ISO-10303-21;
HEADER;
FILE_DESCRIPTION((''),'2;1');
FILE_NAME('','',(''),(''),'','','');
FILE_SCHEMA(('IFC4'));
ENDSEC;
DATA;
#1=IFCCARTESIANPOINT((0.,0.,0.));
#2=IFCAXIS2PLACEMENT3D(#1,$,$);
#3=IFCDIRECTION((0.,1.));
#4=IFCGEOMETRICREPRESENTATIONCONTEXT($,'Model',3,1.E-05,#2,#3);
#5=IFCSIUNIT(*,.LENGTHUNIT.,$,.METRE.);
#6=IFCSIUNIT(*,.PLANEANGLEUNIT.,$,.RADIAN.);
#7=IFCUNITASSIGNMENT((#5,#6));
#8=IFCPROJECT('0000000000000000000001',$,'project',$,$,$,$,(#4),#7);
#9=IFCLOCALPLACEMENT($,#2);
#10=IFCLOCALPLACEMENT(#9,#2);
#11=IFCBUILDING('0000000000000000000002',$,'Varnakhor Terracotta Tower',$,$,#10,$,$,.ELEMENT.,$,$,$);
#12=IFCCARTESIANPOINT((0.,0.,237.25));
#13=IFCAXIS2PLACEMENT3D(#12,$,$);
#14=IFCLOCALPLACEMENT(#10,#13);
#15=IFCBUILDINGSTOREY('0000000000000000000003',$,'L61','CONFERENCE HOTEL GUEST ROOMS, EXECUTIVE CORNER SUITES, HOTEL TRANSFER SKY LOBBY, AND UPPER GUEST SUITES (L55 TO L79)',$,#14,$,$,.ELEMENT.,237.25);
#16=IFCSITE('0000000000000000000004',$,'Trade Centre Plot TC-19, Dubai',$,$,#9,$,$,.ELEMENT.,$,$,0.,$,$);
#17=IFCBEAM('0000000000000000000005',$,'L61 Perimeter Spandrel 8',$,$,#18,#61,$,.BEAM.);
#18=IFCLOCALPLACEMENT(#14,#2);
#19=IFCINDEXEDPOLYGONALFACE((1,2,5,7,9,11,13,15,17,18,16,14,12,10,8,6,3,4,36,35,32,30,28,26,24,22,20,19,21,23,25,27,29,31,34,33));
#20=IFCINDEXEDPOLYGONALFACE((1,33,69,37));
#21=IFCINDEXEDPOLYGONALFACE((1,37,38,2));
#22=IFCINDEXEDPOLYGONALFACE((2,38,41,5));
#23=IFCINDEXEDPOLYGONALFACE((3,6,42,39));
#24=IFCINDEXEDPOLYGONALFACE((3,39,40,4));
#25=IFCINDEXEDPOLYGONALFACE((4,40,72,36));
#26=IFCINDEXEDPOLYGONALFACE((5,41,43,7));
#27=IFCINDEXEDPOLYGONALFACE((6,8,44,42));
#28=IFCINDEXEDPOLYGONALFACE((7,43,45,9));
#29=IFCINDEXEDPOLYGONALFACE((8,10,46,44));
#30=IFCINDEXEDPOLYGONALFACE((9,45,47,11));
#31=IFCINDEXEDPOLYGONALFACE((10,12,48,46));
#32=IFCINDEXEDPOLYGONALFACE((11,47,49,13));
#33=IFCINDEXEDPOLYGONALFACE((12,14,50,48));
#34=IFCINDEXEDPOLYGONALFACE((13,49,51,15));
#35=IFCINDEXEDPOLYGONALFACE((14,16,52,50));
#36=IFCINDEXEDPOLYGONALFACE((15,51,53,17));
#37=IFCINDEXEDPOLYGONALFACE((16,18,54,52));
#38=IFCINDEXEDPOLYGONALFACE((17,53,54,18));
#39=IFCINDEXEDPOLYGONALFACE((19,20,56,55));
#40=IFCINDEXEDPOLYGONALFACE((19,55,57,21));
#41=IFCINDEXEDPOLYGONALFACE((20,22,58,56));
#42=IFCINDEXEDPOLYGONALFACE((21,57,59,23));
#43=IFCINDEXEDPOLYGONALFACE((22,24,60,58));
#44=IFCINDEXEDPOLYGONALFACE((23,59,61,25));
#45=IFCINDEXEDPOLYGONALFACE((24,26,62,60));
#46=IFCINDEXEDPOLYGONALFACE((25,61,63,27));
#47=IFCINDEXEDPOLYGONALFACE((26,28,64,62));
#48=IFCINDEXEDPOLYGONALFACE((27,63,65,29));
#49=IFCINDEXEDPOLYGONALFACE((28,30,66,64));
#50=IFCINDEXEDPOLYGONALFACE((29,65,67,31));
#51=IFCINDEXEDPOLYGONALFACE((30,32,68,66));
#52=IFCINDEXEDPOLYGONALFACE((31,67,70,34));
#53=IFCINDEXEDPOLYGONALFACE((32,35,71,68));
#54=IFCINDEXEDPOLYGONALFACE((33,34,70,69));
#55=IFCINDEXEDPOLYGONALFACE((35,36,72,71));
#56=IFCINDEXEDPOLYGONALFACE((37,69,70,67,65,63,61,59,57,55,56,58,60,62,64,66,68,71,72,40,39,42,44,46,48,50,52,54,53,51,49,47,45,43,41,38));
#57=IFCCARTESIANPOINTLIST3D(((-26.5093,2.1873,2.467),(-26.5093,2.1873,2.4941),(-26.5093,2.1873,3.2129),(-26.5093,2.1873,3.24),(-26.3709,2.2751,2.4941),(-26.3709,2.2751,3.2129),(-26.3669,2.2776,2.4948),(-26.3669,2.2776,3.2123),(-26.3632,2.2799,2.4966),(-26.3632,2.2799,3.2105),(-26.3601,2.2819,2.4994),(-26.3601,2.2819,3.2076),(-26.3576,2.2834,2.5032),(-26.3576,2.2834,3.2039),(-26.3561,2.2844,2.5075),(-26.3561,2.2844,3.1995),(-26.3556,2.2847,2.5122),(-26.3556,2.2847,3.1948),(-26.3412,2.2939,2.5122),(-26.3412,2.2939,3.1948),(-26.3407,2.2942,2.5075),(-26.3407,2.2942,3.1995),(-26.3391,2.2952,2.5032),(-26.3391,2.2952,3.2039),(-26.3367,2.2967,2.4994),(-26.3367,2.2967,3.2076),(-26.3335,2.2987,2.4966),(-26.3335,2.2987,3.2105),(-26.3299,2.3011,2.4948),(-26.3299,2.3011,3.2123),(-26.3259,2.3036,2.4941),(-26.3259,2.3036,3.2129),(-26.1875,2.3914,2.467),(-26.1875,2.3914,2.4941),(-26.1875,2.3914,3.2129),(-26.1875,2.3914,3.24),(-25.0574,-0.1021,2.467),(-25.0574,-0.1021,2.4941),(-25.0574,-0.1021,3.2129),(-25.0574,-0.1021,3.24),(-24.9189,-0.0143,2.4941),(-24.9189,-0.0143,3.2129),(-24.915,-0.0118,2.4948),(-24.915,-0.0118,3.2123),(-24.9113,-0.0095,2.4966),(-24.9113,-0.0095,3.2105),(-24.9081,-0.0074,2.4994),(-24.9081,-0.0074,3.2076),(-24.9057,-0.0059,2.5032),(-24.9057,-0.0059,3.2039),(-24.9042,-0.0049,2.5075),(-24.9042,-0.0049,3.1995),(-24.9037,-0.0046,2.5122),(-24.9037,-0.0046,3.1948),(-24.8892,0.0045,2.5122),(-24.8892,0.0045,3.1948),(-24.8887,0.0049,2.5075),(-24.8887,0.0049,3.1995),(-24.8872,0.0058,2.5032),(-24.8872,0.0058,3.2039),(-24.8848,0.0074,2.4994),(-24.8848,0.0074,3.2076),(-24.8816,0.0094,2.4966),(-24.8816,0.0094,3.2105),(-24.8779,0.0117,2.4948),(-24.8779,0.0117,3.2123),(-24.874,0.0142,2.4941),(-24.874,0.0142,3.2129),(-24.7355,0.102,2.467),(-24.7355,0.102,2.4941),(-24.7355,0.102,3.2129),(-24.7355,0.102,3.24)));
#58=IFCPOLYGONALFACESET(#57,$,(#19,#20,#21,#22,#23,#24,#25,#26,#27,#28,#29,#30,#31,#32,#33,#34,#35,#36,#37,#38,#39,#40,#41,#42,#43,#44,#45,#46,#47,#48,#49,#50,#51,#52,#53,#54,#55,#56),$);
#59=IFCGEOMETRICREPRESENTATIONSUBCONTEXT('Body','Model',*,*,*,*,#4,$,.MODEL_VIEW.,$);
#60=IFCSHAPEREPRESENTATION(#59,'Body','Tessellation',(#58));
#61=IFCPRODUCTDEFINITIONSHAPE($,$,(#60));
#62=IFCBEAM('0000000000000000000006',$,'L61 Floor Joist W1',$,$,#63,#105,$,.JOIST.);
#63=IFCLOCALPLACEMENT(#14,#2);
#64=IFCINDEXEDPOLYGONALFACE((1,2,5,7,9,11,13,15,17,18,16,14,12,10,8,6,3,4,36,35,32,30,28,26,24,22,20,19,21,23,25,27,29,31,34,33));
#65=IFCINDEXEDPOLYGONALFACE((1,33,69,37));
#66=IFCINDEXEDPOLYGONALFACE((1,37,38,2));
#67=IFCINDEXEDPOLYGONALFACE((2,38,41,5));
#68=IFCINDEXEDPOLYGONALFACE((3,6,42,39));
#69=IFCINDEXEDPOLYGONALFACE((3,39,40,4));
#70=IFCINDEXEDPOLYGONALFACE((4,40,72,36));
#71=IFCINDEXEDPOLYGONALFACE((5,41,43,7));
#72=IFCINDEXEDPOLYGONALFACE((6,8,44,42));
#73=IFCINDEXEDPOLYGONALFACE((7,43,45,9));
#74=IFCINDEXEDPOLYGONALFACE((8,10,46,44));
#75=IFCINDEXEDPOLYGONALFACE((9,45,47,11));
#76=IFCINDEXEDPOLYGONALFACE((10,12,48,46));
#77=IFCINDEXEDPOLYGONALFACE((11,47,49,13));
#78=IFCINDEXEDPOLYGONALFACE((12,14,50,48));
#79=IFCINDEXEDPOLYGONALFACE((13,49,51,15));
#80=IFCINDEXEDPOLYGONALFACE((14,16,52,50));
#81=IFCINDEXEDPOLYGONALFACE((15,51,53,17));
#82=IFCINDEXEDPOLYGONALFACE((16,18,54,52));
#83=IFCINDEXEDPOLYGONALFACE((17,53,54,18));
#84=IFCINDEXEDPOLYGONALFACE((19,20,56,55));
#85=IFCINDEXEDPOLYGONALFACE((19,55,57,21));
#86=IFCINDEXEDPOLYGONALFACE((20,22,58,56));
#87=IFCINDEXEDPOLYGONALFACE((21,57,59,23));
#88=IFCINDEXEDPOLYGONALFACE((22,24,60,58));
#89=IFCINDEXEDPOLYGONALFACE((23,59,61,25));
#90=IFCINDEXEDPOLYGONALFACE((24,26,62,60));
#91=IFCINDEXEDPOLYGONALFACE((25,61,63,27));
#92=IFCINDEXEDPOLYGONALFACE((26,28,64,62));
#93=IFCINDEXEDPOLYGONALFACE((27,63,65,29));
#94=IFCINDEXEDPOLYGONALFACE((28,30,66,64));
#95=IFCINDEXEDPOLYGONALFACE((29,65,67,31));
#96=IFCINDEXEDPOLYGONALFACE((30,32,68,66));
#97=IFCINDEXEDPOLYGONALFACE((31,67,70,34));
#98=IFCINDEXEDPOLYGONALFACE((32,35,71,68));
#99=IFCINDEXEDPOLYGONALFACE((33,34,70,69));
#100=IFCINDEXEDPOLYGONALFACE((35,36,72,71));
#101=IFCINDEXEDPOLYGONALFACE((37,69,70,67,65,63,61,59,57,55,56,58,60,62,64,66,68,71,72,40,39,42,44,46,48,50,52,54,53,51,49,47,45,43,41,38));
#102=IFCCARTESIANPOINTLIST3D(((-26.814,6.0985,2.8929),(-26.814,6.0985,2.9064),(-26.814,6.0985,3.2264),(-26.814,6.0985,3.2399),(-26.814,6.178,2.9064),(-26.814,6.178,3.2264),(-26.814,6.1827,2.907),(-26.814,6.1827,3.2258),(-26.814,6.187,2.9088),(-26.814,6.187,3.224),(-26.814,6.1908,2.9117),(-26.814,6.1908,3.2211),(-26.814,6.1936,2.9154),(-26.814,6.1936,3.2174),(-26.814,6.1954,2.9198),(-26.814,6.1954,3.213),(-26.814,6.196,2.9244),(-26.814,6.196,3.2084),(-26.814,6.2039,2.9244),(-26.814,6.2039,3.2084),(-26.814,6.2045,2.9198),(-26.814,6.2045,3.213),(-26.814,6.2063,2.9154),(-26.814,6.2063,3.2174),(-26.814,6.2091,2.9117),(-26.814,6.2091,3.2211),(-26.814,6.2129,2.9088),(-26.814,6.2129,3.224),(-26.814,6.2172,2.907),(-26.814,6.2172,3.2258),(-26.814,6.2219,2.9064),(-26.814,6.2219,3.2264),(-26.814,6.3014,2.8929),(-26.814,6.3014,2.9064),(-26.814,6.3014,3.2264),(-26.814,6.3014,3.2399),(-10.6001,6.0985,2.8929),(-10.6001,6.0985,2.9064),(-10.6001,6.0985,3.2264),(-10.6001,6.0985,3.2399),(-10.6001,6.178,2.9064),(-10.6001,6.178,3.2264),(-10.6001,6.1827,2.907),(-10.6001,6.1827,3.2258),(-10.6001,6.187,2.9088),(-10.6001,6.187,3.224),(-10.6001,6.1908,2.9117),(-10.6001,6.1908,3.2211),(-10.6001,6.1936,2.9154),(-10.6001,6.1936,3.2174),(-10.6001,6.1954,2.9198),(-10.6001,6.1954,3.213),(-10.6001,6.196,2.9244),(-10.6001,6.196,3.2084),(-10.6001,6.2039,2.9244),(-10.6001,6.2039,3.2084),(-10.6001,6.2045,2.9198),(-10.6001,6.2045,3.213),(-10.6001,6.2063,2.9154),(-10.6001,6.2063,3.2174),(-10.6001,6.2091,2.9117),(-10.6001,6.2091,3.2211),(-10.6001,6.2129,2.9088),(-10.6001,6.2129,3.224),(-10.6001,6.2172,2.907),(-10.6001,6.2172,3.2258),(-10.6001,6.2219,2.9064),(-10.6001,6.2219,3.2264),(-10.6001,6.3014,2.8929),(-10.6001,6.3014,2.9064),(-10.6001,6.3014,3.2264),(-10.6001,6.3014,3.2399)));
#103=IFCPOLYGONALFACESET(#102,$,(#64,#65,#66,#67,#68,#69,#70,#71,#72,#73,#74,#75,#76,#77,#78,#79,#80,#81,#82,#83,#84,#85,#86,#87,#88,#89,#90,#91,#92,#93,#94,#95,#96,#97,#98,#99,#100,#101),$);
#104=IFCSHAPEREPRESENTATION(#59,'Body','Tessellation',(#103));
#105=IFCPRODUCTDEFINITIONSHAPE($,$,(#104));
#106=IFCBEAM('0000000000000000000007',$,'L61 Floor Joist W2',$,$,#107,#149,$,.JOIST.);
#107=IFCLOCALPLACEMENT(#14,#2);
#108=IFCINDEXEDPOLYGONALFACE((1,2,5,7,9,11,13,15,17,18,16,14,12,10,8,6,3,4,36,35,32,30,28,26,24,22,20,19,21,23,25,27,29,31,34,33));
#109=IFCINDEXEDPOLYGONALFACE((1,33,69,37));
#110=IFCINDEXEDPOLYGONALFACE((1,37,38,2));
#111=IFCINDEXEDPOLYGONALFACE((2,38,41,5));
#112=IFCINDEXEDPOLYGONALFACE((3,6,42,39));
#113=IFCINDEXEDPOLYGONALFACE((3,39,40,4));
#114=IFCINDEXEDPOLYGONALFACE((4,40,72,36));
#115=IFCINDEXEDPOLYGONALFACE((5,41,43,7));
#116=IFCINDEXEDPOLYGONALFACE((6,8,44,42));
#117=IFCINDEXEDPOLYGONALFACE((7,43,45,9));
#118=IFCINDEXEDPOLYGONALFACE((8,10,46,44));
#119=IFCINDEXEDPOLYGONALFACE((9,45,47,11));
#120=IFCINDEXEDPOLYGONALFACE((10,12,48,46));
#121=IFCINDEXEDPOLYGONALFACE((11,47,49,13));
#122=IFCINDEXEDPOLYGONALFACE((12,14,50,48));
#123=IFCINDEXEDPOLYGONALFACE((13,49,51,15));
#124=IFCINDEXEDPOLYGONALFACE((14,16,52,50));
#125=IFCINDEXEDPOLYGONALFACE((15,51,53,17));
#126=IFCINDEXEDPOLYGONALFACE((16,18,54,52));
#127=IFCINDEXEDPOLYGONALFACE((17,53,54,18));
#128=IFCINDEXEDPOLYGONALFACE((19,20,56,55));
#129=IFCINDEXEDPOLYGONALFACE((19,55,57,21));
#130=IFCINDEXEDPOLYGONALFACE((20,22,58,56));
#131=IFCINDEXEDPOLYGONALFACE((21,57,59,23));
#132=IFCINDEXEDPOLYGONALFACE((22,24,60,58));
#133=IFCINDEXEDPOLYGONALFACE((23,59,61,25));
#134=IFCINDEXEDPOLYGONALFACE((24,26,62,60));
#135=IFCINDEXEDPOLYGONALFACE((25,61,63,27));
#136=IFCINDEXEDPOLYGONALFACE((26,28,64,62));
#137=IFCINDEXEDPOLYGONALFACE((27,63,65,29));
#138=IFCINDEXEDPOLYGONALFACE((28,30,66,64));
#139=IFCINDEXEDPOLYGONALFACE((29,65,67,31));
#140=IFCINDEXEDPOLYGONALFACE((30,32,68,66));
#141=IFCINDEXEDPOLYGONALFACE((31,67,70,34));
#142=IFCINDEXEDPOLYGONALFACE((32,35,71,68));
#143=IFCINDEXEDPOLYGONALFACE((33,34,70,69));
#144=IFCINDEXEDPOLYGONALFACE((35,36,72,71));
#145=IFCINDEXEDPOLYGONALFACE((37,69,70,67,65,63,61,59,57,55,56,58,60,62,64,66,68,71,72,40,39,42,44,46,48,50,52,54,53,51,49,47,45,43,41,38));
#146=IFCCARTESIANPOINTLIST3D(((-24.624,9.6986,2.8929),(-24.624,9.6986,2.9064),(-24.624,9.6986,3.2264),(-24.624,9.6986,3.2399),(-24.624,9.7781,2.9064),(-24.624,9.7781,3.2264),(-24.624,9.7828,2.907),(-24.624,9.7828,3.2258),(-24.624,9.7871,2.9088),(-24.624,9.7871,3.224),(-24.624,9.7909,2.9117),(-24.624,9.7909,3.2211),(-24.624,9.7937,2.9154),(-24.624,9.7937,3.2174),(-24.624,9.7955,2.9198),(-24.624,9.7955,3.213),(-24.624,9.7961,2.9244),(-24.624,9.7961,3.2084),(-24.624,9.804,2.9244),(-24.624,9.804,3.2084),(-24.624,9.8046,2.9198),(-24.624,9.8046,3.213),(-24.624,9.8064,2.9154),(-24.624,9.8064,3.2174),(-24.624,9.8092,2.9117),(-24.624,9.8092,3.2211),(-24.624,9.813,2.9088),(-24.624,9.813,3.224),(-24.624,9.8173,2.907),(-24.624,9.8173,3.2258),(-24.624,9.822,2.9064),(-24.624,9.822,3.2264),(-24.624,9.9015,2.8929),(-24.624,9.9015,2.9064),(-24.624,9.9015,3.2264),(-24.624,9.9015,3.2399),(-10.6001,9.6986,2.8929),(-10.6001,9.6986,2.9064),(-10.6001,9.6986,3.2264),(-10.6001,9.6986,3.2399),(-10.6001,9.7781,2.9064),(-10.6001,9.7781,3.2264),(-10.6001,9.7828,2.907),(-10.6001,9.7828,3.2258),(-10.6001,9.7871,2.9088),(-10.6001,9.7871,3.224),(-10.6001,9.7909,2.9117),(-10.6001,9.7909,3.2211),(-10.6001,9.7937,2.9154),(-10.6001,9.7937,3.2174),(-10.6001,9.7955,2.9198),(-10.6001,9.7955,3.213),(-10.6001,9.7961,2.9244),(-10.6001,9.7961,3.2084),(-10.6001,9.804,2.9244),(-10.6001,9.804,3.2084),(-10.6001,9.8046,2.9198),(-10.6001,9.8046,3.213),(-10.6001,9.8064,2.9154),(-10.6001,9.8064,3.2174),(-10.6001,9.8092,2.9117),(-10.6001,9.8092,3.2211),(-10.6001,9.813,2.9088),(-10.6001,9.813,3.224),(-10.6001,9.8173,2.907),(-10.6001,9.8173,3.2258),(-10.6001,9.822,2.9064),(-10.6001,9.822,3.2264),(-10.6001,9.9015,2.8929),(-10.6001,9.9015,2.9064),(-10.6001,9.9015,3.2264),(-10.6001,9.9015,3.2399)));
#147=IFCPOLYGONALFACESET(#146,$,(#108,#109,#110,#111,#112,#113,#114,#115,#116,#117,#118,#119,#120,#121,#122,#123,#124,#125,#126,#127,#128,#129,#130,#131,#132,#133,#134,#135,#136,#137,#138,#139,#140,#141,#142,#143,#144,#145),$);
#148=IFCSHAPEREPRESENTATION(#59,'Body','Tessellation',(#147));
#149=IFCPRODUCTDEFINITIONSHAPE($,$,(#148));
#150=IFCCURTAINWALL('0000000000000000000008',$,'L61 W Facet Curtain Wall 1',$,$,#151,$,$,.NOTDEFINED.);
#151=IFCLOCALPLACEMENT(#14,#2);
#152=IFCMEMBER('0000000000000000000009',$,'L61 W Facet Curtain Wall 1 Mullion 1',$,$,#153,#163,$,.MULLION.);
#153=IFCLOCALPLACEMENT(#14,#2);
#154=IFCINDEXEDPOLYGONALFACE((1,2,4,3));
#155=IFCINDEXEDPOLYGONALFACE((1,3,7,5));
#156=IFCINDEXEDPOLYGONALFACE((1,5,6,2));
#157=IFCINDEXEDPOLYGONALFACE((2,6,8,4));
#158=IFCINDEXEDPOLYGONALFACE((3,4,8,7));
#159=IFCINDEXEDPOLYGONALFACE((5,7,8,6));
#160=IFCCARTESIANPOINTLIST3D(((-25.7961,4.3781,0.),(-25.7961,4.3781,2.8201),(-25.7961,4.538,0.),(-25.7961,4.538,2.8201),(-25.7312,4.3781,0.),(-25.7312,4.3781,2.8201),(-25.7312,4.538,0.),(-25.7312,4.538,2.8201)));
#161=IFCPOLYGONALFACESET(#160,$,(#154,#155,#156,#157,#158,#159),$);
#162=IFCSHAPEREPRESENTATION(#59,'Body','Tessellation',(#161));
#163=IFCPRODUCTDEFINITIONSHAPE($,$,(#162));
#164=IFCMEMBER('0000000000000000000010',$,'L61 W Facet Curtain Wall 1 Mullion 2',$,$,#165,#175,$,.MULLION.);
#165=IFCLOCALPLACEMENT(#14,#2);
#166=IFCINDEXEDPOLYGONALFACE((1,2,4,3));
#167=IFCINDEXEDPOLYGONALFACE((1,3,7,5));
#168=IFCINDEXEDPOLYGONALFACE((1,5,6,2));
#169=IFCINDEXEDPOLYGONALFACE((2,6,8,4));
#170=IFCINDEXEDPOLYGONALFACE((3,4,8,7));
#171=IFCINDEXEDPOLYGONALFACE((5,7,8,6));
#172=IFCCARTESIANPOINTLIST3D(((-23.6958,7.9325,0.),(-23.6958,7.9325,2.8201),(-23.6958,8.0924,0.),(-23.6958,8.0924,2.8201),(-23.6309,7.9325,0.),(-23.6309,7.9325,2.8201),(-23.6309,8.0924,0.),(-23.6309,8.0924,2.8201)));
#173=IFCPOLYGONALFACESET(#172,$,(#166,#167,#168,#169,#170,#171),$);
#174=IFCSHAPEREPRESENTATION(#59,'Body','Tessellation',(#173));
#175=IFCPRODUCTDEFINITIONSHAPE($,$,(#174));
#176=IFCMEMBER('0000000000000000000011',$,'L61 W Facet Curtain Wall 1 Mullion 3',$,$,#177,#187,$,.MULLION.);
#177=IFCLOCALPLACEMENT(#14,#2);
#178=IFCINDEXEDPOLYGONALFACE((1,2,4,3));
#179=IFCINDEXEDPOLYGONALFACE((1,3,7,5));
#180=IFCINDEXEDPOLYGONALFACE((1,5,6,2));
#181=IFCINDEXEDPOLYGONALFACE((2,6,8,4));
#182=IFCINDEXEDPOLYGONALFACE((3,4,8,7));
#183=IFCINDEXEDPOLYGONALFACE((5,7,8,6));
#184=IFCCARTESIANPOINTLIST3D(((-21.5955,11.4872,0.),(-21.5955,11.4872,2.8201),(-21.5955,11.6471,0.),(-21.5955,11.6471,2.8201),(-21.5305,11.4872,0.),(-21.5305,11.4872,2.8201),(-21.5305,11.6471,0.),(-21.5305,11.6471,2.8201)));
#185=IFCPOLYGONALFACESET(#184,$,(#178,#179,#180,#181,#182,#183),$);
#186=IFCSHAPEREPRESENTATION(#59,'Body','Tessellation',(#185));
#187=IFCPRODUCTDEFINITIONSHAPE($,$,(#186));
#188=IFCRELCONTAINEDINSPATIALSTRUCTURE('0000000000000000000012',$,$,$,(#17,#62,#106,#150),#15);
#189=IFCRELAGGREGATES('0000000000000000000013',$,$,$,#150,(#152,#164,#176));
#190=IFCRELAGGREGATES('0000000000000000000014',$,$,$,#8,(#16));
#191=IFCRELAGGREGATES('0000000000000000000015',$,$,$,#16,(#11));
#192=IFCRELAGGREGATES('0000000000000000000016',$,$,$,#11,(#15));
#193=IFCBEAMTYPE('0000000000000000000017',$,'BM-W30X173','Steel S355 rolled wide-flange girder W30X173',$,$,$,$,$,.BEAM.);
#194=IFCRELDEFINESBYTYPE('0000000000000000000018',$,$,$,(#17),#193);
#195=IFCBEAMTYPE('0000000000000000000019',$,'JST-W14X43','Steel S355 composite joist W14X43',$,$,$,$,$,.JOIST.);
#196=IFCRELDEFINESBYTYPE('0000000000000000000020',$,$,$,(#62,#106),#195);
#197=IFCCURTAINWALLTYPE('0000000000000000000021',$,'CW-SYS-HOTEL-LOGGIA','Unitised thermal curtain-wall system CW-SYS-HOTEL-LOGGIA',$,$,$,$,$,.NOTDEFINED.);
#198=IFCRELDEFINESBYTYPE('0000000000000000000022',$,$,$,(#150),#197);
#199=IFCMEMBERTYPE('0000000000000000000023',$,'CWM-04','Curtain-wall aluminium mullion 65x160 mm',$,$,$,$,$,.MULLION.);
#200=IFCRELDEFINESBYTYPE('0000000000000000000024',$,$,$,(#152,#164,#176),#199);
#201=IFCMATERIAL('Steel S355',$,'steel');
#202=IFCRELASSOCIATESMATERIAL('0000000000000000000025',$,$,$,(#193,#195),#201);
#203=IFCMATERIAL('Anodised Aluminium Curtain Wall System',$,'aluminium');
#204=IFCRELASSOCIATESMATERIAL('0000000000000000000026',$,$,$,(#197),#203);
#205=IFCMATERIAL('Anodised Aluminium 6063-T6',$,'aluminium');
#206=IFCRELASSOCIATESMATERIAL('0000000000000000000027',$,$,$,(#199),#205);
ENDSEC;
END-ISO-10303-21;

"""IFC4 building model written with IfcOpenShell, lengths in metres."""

from ifc_helpers import new_model, si_unit, direction, frame, origin, origin_2d, place, context, subcontext, project, spatial, rectangle, i_section, extrude, source, transform, mapped, material, material_profile, profile_set, type_object, type_shapes, element, aggregate, save


model = new_model("IFC4")

# Units and contexts
model_context = context("Model", 3, precision=1e-05, world=origin(), true_north=direction((0.0, 1.0)))
body_context = subcontext(model_context, "Body", "Model", "MODEL_VIEW")
ifc_project = project(units=[si_unit("LENGTHUNIT", "METRE"), si_unit("PLANEANGLEUNIT", "RADIAN")], contexts=[model_context])

# Site, building, storey
site_placement = place(None, origin())
site = spatial("IfcSite", under=ifc_project, at=site_placement, Name="Trade Centre Plot TC-19, Dubai", CompositionType="ELEMENT", RefElevation=0.0)
building_placement = place(site_placement, origin())
building = spatial("IfcBuilding", under=site, at=building_placement, Name="Varnakhor Terracotta Tower", CompositionType="ELEMENT")
storey_placement = place(building_placement, frame((0.0, 0.0, 237.25)))
storey = spatial("IfcBuildingStorey", under=building, at=storey_placement, Name="L61", Description="CONFERENCE HOTEL GUEST ROOMS, EXECUTIVE CORNER SUITES, HOTEL TRANSFER SKY LOBBY, AND UPPER GUEST SUITES (L55 TO L79)", CompositionType="ELEMENT", Elevation=237.25)

# Beams
ifc_material_1 = material(Name="Steel S355", Category="steel")
ifc_material_profile_1 = material_profile(ifc_material_1, i_section(OverallWidth=0.3811, OverallDepth=0.7729, WebThickness=0.0171, FlangeThickness=0.0271, FilletRadius=0.0181, at=origin_2d()), Name="W30X173")
ifc_profile_set_1 = profile_set([ifc_material_profile_1], Name="Steel S355")
beam_type_1 = type_object("IfcBeamType", Name="BM-W30X173", Description="Steel S355 rolled wide-flange girder W30X173", PredefinedType="BEAM", material=ifc_profile_set_1)
shared_shape_1 = source(origin(), body_context, "Body", "SweptSolid", [
    extrude(i_section(OverallWidth=0.3811, OverallDepth=0.7729, WebThickness=0.0171, FlangeThickness=0.0271, FilletRadius=0.0181, at=origin_2d()), origin(), (0.0, 0.0, 1.0), 2.7109),
])
for number, where, z_axis, x_axis, name in (
    (1, (-26.3484, 2.2893, 2.8535), (0.535581, -0.844484, 0.0), (0.844484, 0.535581, 0.0), "L61 Perimeter Spandrel 8"),
):
    element("IfcBeam", number, at=place(storey_placement, frame(where, z_axis=z_axis, x_axis=x_axis)), inside=storey, type_object=beam_type_1, Name=name, PredefinedType="BEAM", context=body_context, shape_type="MappedRepresentation", body=[
        mapped(shared_shape_1, transform((0.0, 0.0, 0.0), scale=1.0)),
    ])
ifc_material_profile_2 = material_profile(ifc_material_1, i_section(OverallWidth=0.2029, OverallDepth=0.3469, WebThickness=0.0078, FlangeThickness=0.0134, FilletRadius=0.0181, at=origin_2d()), Name="W14X43")
ifc_profile_set_2 = profile_set([ifc_material_profile_2], Name="Steel S355")
beam_type_2 = type_object("IfcBeamType", Name="JST-W14X43", Description="Steel S355 composite joist W14X43", PredefinedType="JOIST", material=ifc_profile_set_2)
shared_shape_2 = source(origin(), body_context, "Body", "SweptSolid", [
    extrude(i_section(OverallWidth=0.2029, OverallDepth=0.3469, WebThickness=0.0078, FlangeThickness=0.0134, FilletRadius=0.0181, at=origin_2d()), origin(), (0.0, 0.0, 1.0), 16.2139),
])
beam_1_placement = place(storey_placement, frame((-26.814, 6.2, 3.0664), z_axis=(1.0, 0.0, 0.0), x_axis=(0.0, 1.0, 0.0)))
element("IfcBeam", 2, at=beam_1_placement, inside=storey, type_object=beam_type_2, Name="L61 Floor Joist W1", PredefinedType="JOIST", context=body_context, shape_type="MappedRepresentation", body=[
    mapped(shared_shape_2, transform((0.0, 0.0, 0.0), scale=1.0)),
])
shared_shape_3 = source(origin(), body_context, "Body", "SweptSolid", [
    extrude(i_section(OverallWidth=0.2029, OverallDepth=0.3469, WebThickness=0.0078, FlangeThickness=0.0134, FilletRadius=0.0181, at=origin_2d()), origin(), (0.0, 0.0, 1.0), 14.0239),
])
beam_2_placement = place(storey_placement, frame((-24.624, 9.8, 3.0664), z_axis=(1.0, 0.0, 0.0), x_axis=(0.0, 1.0, 0.0)))
element("IfcBeam", 3, at=beam_2_placement, inside=storey, type_object=beam_type_2, Name="L61 Floor Joist W2", PredefinedType="JOIST", context=body_context, shape_type="MappedRepresentation", body=[
    mapped(shared_shape_3, transform((0.0, 0.0, 0.0), scale=1.0)),
])

# Curtain wall, members
ifc_material_2 = material(Name="Anodised Aluminium Curtain Wall System", Category="aluminium")
curtain_wall_type = type_object("IfcCurtainWallType", Name="CW-SYS-HOTEL-LOGGIA", Description="Unitised thermal curtain-wall system CW-SYS-HOTEL-LOGGIA", PredefinedType="NOTDEFINED", material=ifc_material_2)
curtain_wall_1_placement = place(storey_placement, origin())
curtain_wall_1 = element("IfcCurtainWall", 4, at=curtain_wall_1_placement, inside=storey, type_object=curtain_wall_type, Name="L61 W Facet Curtain Wall 1", PredefinedType="NOTDEFINED")
ifc_material_3 = material(Name="Anodised Aluminium 6063-T6", Category="aluminium")
ifc_material_profile_3 = material_profile(ifc_material_3, rectangle(XDim=0.0649, YDim=0.1599, at=origin_2d()), Name="ALU MULLION 65x160")
ifc_profile_set_3 = profile_set([ifc_material_profile_3], Name="Anodised Aluminium 6063-T6")
member_type_1 = type_object("IfcMemberType", Name="CWM-04", Description="Curtain-wall aluminium mullion 65x160 mm", PredefinedType="MULLION", material=ifc_profile_set_3)
shared_shape_4 = source(origin(), body_context, "Body", "SweptSolid", [
    extrude(rectangle(XDim=0.0649, YDim=0.1599, at=origin_2d()), origin(), (0.0, 0.0, 1.0), 2.8201),
])
type_shapes(member_type_1, [shared_shape_4])
member_1_placement = place(storey_placement, frame((-25.7637, 4.458, 0.0), z_axis=(0.0, 0.0, 1.0), x_axis=(1.0, 0.0, 0.0)))
member_1 = element("IfcMember", 5, at=member_1_placement, type_object=member_type_1, Name="L61 W Facet Curtain Wall 1 Mullion 1", PredefinedType="MULLION", context=body_context, shape_type="MappedRepresentation", body=[
    mapped(shared_shape_4, transform((0.0, 0.0, 0.0), scale=1.0)),
])
member_2_placement = place(storey_placement, frame((-23.6633, 8.0125, 0.0), z_axis=(0.0, 0.0, 1.0), x_axis=(1.0, 0.0, 0.0)))
member_2 = element("IfcMember", 6, at=member_2_placement, type_object=member_type_1, Name="L61 W Facet Curtain Wall 1 Mullion 2", PredefinedType="MULLION", context=body_context, shape_type="MappedRepresentation", body=[
    mapped(shared_shape_4, transform((0.0, 0.0, 0.0), scale=1.0)),
])
member_3_placement = place(storey_placement, frame((-21.563, 11.5671, 0.0), z_axis=(0.0, 0.0, 1.0), x_axis=(1.0, 0.0, 0.0)))
member_3 = element("IfcMember", 7, at=member_3_placement, type_object=member_type_1, Name="L61 W Facet Curtain Wall 1 Mullion 3", PredefinedType="MULLION", context=body_context, shape_type="MappedRepresentation", body=[
    mapped(shared_shape_4, transform((0.0, 0.0, 0.0), scale=1.0)),
])

aggregate(curtain_wall_1, [member_1, member_2, member_3])

save(model, "model.ifc")
